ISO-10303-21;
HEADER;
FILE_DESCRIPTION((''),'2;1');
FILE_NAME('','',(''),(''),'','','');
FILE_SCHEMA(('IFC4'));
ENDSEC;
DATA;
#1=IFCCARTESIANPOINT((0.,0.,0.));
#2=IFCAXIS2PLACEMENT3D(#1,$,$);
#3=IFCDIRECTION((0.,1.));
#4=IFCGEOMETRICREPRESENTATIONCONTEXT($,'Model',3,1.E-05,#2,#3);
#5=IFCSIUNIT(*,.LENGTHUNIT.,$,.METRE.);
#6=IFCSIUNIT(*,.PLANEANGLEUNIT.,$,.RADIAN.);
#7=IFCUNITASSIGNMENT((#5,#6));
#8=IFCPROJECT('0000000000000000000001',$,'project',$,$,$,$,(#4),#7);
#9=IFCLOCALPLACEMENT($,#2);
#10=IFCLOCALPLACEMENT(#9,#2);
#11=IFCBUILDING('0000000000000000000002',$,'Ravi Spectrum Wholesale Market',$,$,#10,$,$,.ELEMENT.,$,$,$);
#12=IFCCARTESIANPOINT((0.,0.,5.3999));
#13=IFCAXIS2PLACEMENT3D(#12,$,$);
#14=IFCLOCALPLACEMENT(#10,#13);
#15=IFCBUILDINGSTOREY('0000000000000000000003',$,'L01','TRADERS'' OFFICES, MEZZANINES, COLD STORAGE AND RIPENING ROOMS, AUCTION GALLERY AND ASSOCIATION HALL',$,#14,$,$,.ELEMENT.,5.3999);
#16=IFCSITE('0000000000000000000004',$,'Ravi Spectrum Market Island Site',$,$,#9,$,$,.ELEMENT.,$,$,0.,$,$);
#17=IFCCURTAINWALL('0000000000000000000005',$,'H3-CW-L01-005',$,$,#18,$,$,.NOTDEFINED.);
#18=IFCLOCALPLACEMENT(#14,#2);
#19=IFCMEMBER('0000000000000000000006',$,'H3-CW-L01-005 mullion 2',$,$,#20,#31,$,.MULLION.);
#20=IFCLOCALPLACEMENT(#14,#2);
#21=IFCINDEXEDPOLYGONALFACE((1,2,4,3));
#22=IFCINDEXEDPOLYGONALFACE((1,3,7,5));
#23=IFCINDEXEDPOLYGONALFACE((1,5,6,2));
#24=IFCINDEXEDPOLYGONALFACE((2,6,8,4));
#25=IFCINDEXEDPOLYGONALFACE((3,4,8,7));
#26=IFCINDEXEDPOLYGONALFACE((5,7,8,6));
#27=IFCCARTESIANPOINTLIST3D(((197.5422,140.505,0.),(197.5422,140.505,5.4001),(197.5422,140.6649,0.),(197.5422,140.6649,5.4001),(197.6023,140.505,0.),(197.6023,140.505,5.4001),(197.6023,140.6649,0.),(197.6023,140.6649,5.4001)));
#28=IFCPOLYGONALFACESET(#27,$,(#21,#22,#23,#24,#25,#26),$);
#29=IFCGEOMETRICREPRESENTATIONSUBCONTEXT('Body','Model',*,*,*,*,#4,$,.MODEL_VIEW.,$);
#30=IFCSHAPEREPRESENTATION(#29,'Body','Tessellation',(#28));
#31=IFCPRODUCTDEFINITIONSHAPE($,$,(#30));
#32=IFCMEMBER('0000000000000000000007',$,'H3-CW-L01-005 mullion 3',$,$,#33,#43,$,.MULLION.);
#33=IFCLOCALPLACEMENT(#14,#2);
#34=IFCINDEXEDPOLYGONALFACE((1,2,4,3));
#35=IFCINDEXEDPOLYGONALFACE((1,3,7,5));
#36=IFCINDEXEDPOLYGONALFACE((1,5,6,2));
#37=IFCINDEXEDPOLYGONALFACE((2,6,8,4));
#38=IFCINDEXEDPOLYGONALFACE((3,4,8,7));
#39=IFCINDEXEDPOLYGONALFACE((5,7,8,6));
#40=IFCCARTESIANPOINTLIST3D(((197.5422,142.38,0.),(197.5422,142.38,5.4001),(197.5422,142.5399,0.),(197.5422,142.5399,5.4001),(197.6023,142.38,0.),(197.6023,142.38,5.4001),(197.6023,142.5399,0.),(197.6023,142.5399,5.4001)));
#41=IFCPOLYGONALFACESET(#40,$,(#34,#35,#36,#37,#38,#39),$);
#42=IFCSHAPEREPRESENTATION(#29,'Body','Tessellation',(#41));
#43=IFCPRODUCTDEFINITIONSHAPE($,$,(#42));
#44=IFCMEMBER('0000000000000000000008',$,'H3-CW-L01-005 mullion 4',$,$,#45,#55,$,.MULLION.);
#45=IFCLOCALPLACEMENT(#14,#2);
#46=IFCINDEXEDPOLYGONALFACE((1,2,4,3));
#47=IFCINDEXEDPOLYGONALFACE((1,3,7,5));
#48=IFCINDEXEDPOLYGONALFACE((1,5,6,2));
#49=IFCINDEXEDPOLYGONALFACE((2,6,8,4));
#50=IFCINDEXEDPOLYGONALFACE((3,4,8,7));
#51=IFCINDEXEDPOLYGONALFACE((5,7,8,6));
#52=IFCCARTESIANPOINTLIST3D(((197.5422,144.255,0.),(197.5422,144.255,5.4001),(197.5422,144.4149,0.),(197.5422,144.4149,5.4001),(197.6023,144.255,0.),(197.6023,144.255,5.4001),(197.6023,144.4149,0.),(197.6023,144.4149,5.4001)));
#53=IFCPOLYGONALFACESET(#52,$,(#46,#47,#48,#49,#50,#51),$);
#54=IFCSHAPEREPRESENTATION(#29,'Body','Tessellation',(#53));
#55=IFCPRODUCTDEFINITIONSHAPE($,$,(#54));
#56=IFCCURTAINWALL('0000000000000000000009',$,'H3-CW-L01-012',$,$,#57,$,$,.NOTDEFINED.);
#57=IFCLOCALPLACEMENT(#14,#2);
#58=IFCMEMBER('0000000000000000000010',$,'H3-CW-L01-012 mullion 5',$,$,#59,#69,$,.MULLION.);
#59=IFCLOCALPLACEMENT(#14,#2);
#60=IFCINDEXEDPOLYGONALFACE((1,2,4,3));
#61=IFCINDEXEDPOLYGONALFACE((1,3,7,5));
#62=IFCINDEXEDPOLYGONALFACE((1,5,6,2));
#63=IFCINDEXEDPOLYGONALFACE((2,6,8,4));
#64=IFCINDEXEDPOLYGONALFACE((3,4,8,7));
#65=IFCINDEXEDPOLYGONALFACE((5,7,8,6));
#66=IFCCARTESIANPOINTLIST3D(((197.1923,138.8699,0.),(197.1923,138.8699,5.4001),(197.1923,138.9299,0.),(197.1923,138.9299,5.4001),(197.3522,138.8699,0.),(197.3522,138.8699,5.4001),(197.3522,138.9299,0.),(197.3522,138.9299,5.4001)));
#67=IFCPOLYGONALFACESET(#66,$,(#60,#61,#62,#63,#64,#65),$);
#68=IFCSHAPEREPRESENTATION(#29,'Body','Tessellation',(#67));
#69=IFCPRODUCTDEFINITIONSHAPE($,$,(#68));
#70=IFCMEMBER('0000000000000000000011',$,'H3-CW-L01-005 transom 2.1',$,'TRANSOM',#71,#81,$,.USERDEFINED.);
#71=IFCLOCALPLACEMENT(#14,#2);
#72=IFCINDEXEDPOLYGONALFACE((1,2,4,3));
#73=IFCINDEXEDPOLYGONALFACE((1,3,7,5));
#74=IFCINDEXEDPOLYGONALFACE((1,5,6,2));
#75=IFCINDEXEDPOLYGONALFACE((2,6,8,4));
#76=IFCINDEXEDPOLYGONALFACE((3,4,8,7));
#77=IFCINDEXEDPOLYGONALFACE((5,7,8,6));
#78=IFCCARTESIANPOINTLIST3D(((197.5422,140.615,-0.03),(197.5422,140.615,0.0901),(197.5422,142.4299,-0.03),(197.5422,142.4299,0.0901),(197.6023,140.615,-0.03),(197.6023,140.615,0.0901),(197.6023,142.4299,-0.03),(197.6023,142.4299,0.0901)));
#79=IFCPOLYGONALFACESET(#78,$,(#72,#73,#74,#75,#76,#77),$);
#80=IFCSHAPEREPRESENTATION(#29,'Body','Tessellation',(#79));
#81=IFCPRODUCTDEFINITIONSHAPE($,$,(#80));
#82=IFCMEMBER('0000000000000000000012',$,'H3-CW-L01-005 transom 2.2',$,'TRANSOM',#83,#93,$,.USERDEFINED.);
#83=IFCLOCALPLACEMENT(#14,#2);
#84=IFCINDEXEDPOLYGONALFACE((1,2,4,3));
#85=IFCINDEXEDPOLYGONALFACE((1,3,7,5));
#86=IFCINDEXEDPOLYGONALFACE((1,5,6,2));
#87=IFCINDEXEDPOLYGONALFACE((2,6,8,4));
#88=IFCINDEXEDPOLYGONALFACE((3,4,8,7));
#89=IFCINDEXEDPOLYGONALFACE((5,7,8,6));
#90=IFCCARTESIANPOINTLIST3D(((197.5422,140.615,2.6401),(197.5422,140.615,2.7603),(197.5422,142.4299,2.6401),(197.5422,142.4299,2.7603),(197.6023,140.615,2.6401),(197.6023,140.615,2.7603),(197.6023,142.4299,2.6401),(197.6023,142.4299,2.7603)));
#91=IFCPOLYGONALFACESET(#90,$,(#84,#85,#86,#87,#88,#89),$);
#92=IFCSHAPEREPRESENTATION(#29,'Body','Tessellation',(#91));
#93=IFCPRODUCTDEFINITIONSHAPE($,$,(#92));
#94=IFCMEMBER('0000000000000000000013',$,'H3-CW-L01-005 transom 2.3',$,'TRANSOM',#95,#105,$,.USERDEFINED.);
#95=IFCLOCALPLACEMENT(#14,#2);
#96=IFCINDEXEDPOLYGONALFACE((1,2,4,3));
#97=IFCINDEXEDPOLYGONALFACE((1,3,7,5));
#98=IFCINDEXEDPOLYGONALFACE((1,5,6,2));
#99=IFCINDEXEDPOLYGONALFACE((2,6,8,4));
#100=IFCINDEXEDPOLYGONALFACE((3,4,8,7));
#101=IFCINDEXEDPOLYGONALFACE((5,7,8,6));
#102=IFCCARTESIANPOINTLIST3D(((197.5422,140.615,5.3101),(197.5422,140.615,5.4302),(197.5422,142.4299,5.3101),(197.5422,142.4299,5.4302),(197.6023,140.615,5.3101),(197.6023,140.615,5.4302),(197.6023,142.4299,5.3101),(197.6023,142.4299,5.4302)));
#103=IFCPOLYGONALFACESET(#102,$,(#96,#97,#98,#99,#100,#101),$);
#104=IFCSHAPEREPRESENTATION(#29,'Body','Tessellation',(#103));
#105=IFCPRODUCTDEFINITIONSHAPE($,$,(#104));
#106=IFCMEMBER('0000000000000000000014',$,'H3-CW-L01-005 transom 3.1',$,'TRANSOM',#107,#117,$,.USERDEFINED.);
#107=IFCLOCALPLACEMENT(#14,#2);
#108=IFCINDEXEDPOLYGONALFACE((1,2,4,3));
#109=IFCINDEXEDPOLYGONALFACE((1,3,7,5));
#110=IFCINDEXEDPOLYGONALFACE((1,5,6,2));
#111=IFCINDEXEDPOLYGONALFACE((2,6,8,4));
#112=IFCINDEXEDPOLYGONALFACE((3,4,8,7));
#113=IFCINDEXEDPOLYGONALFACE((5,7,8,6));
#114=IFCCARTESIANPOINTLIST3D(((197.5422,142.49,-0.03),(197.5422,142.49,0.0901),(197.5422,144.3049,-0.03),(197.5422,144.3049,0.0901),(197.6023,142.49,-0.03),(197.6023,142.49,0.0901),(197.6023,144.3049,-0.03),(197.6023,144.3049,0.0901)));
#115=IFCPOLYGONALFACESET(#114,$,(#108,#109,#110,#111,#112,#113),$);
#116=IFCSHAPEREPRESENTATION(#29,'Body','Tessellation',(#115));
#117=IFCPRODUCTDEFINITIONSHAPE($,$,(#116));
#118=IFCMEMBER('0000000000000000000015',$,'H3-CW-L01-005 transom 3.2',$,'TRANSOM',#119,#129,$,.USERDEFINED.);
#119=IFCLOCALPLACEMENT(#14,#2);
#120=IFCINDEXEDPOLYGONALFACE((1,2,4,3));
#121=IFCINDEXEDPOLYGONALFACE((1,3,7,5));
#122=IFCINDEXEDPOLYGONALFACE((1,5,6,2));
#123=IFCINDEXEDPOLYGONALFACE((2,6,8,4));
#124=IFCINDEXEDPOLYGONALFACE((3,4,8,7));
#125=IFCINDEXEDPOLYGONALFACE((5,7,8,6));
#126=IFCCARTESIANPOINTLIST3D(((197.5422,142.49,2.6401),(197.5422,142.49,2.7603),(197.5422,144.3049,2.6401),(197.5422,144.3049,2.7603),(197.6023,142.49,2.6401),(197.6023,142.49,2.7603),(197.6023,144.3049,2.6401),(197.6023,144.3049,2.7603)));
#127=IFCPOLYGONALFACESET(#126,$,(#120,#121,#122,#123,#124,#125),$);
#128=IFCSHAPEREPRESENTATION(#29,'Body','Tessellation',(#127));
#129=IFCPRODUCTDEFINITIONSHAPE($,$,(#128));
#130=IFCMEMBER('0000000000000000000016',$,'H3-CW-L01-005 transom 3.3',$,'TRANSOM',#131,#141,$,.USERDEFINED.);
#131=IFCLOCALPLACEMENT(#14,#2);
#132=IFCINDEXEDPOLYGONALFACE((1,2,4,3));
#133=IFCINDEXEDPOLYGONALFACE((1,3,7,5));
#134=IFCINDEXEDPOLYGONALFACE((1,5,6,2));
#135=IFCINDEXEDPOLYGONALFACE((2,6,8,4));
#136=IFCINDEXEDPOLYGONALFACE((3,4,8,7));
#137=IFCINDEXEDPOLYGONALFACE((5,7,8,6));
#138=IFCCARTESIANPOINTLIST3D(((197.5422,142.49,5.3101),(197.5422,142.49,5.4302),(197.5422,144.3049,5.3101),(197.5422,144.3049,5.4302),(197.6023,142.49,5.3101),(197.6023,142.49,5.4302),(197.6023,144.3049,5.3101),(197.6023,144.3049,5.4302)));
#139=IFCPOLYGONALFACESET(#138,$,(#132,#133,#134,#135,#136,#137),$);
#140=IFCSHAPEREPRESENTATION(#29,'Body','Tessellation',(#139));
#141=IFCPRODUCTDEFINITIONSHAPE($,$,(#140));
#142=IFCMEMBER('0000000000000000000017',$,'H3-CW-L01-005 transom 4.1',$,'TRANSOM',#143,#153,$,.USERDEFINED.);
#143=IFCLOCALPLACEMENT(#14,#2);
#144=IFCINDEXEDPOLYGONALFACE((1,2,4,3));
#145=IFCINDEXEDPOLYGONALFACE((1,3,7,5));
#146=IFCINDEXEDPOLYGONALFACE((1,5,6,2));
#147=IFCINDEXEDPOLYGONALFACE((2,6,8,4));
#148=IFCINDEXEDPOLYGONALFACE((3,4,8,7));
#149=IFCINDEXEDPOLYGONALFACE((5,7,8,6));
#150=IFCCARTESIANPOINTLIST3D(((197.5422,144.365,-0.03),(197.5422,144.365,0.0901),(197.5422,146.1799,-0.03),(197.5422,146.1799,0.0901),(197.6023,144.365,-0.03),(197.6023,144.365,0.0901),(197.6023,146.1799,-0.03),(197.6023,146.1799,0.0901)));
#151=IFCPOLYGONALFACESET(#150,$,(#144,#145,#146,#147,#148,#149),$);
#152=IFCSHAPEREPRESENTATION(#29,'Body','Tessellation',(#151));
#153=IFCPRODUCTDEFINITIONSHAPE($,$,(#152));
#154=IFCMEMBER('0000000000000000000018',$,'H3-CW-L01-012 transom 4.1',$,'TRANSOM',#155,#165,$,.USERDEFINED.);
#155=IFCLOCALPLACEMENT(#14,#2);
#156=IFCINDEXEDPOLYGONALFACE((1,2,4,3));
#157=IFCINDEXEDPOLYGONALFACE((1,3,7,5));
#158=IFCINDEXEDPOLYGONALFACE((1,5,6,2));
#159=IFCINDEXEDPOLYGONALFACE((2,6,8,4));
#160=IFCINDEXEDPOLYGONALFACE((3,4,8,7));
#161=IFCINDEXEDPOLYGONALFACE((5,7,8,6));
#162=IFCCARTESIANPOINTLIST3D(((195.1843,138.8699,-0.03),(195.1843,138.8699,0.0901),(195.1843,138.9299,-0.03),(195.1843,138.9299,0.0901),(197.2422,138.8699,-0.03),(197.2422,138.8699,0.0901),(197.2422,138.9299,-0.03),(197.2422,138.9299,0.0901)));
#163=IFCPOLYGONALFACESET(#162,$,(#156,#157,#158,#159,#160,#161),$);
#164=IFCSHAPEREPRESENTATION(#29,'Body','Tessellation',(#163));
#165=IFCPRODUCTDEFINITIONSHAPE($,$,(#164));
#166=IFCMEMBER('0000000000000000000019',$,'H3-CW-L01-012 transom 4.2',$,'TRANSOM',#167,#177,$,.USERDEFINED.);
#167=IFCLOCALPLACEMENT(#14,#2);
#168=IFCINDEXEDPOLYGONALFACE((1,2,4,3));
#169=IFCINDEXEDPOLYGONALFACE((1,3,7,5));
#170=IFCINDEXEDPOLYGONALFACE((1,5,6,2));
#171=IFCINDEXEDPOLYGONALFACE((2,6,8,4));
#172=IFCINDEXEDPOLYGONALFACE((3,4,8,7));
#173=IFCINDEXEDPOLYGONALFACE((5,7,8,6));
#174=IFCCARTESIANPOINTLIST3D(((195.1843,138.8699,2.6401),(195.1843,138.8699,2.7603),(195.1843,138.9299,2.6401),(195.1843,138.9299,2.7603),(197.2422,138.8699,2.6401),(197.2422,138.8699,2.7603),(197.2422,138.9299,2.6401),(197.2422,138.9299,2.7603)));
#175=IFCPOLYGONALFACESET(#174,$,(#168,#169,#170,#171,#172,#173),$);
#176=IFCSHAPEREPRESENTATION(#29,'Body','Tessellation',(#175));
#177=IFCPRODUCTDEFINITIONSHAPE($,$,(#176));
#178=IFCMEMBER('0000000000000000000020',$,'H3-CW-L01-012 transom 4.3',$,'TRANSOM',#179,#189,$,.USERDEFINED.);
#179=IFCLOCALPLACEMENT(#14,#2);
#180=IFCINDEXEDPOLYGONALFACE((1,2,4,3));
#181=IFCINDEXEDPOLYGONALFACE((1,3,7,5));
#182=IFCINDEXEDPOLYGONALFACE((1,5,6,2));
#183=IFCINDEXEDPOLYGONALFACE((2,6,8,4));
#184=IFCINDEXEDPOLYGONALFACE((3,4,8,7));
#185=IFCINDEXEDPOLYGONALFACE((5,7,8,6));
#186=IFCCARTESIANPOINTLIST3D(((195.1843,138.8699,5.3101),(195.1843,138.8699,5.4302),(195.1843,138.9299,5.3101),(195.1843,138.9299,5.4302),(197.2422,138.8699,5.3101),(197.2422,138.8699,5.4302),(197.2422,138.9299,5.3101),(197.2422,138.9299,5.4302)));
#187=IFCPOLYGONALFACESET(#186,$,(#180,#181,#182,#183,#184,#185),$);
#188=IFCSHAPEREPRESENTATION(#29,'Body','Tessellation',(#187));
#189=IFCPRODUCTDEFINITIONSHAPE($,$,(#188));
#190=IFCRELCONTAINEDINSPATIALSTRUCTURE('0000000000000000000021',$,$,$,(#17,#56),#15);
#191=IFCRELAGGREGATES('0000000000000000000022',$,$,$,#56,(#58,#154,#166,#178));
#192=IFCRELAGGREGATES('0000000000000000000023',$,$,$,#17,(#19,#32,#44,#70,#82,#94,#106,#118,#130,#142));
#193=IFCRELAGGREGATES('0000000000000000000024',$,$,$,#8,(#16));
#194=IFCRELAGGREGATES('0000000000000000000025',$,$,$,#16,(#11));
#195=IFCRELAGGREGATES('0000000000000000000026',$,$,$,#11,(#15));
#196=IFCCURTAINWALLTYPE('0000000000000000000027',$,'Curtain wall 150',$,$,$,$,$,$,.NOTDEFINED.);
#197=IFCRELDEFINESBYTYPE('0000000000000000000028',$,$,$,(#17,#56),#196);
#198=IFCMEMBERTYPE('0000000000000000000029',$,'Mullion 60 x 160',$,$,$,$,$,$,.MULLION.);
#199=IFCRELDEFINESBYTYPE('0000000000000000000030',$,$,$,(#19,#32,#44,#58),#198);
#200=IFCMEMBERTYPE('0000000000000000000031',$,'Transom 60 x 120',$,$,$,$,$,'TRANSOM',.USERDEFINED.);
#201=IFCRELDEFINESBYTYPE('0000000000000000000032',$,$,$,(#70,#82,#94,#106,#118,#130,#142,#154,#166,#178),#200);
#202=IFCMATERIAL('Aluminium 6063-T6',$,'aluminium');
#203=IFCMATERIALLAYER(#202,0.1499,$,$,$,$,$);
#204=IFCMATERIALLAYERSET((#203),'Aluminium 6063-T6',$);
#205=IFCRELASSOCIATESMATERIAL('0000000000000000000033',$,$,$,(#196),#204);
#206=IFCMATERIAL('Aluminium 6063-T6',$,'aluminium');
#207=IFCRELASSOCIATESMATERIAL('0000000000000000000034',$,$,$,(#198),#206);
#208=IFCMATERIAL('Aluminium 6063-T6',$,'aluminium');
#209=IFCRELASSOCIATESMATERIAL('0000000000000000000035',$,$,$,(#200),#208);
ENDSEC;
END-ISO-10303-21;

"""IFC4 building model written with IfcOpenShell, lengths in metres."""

from ifc_helpers import new_model, si_unit, direction, frame, origin, origin_2d, place, context, subcontext, project, spatial, rectangle, extrude, material, layer, layer_set, material_profile, profile_set, type_object, element, aggregate, save


model = new_model("IFC4")

# Units and contexts
model_context = context("Model", 3, precision=1e-05, world=origin(), true_north=direction((0.0, 1.0)))
body_context = subcontext(model_context, "Body", "Model", "MODEL_VIEW")
ifc_project = project(units=[si_unit("LENGTHUNIT", "METRE"), si_unit("PLANEANGLEUNIT", "RADIAN")], contexts=[model_context])

# Site, building, storey
site_placement = place(None, origin())
site = spatial("IfcSite", under=ifc_project, at=site_placement, Name="Ravi Spectrum Market Island Site", CompositionType="ELEMENT", RefElevation=0.0)
building_placement = place(site_placement, origin())
building = spatial("IfcBuilding", under=site, at=building_placement, Name="Ravi Spectrum Wholesale Market", CompositionType="ELEMENT")
storey_placement = place(building_placement, frame((0.0, 0.0, 5.3999)))
storey = spatial("IfcBuildingStorey", under=building, at=storey_placement, Name="L01", Description="TRADERS' OFFICES, MEZZANINES, COLD STORAGE AND RIPENING ROOMS, AUCTION GALLERY AND ASSOCIATION HALL", CompositionType="ELEMENT", Elevation=5.3999)

# Curtain wall, members
ifc_material_1 = material(Name="Aluminium 6063-T6", Category="aluminium")
ifc_layer_1 = layer(ifc_material_1, 0.1499)
ifc_layer_set_1 = layer_set([ifc_layer_1], Name="Aluminium 6063-T6")
curtain_wall_type = type_object("IfcCurtainWallType", Name="Curtain wall 150", PredefinedType="NOTDEFINED", material=ifc_layer_set_1)
curtain_wall_1_placement = place(storey_placement, origin())
curtain_wall_1 = element("IfcCurtainWall", 1, at=curtain_wall_1_placement, inside=storey, type_object=curtain_wall_type, Name="H3-CW-L01-005", PredefinedType="NOTDEFINED")
ifc_material_2 = material(Name="Aluminium 6063-T6", Category="aluminium")
ifc_material_profile_1 = material_profile(ifc_material_2, rectangle(XDim=0.0601, YDim=0.1599, at=origin_2d()))
ifc_profile_set_1 = profile_set([ifc_material_profile_1], Name="Aluminium 6063-T6")
member_type_1 = type_object("IfcMemberType", Name="Mullion 60 x 160", PredefinedType="MULLION", material=ifc_profile_set_1)
member_1_placement = place(storey_placement, frame((197.5723, 140.585, 0.0), z_axis=(0.0, 0.0, 1.0), x_axis=(-1.0, 0.0, 0.0)))
member_1 = element("IfcMember", 2, at=member_1_placement, type_object=member_type_1, Name="H3-CW-L01-005 mullion 2", PredefinedType="MULLION", context=body_context, shape_type="SweptSolid", body=[
    extrude(rectangle(XDim=0.0601, YDim=0.1599, at=origin_2d()), origin(), (0.0, 0.0, 1.0), 5.4001),
])
member_2_placement = place(storey_placement, frame((197.5723, 142.46, 0.0), z_axis=(0.0, 0.0, 1.0), x_axis=(-1.0, 0.0, 0.0)))
member_2 = element("IfcMember", 3, at=member_2_placement, type_object=member_type_1, Name="H3-CW-L01-005 mullion 3", PredefinedType="MULLION", context=body_context, shape_type="SweptSolid", body=[
    extrude(rectangle(XDim=0.0601, YDim=0.1599, at=origin_2d()), origin(), (0.0, 0.0, 1.0), 5.4001),
])
member_3_placement = place(storey_placement, frame((197.5723, 144.335, 0.0), z_axis=(0.0, 0.0, 1.0), x_axis=(-1.0, 0.0, 0.0)))
member_3 = element("IfcMember", 4, at=member_3_placement, type_object=member_type_1, Name="H3-CW-L01-005 mullion 4", PredefinedType="MULLION", context=body_context, shape_type="SweptSolid", body=[
    extrude(rectangle(XDim=0.0601, YDim=0.1599, at=origin_2d()), origin(), (0.0, 0.0, 1.0), 5.4001),
])

# Curtain wall, member
curtain_wall_2_placement = place(storey_placement, origin())
curtain_wall_2 = element("IfcCurtainWall", 5, at=curtain_wall_2_placement, inside=storey, type_object=curtain_wall_type, Name="H3-CW-L01-012", PredefinedType="NOTDEFINED")
member_4_placement = place(storey_placement, frame((197.2722, 138.8999, 0.0), z_axis=(0.0, 0.0, 1.0), x_axis=(0.0, 1.0, 0.0)))
member_4 = element("IfcMember", 6, at=member_4_placement, type_object=member_type_1, Name="H3-CW-L01-012 mullion 5", PredefinedType="MULLION", context=body_context, shape_type="SweptSolid", body=[
    extrude(rectangle(XDim=0.0601, YDim=0.1599, at=origin_2d()), origin(), (0.0, 0.0, 1.0), 5.4001),
])

# Members
ifc_material_3 = material(Name="Aluminium 6063-T6", Category="aluminium")
ifc_material_profile_2 = material_profile(ifc_material_3, rectangle(XDim=0.0601, YDim=0.1201, at=origin_2d()))
ifc_profile_set_2 = profile_set([ifc_material_profile_2], Name="Aluminium 6063-T6")
member_type_2 = type_object("IfcMemberType", Name="Transom 60 x 120", ElementType="TRANSOM", PredefinedType="USERDEFINED", material=ifc_profile_set_2)
member_5_placement = place(storey_placement, frame((197.5723, 140.615, 0.03), z_axis=(0.0, 1.0, 0.0), x_axis=(-1.0, 0.0, 0.0)))
member_5 = element("IfcMember", 7, at=member_5_placement, type_object=member_type_2, Name="H3-CW-L01-005 transom 2.1", ObjectType="TRANSOM", PredefinedType="USERDEFINED", context=body_context, shape_type="SweptSolid", body=[
    extrude(rectangle(XDim=0.0601, YDim=0.1201, at=origin_2d()), origin(), (0.0, 0.0, 1.0), 1.8149),
])
member_6_placement = place(storey_placement, frame((197.5723, 140.615, 2.7002), z_axis=(0.0, 1.0, 0.0), x_axis=(-1.0, 0.0, 0.0)))
member_6 = element("IfcMember", 8, at=member_6_placement, type_object=member_type_2, Name="H3-CW-L01-005 transom 2.2", ObjectType="TRANSOM", PredefinedType="USERDEFINED", context=body_context, shape_type="SweptSolid", body=[
    extrude(rectangle(XDim=0.0601, YDim=0.1201, at=origin_2d()), origin(), (0.0, 0.0, 1.0), 1.8149),
])
member_7_placement = place(storey_placement, frame((197.5723, 140.615, 5.3701), z_axis=(0.0, 1.0, 0.0), x_axis=(-1.0, 0.0, 0.0)))
member_7 = element("IfcMember", 9, at=member_7_placement, type_object=member_type_2, Name="H3-CW-L01-005 transom 2.3", ObjectType="TRANSOM", PredefinedType="USERDEFINED", context=body_context, shape_type="SweptSolid", body=[
    extrude(rectangle(XDim=0.0601, YDim=0.1201, at=origin_2d()), origin(), (0.0, 0.0, 1.0), 1.8149),
])
member_8_placement = place(storey_placement, frame((197.5723, 142.49, 0.03), z_axis=(0.0, 1.0, 0.0), x_axis=(-1.0, 0.0, 0.0)))
member_8 = element("IfcMember", 10, at=member_8_placement, type_object=member_type_2, Name="H3-CW-L01-005 transom 3.1", ObjectType="TRANSOM", PredefinedType="USERDEFINED", context=body_context, shape_type="SweptSolid", body=[
    extrude(rectangle(XDim=0.0601, YDim=0.1201, at=origin_2d()), origin(), (0.0, 0.0, 1.0), 1.8149),
])
member_9_placement = place(storey_placement, frame((197.5723, 142.49, 2.7002), z_axis=(0.0, 1.0, 0.0), x_axis=(-1.0, 0.0, 0.0)))
member_9 = element("IfcMember", 11, at=member_9_placement, type_object=member_type_2, Name="H3-CW-L01-005 transom 3.2", ObjectType="TRANSOM", PredefinedType="USERDEFINED", context=body_context, shape_type="SweptSolid", body=[
    extrude(rectangle(XDim=0.0601, YDim=0.1201, at=origin_2d()), origin(), (0.0, 0.0, 1.0), 1.8149),
])
member_10_placement = place(storey_placement, frame((197.5723, 142.49, 5.3701), z_axis=(0.0, 1.0, 0.0), x_axis=(-1.0, 0.0, 0.0)))
member_10 = element("IfcMember", 12, at=member_10_placement, type_object=member_type_2, Name="H3-CW-L01-005 transom 3.3", ObjectType="TRANSOM", PredefinedType="USERDEFINED", context=body_context, shape_type="SweptSolid", body=[
    extrude(rectangle(XDim=0.0601, YDim=0.1201, at=origin_2d()), origin(), (0.0, 0.0, 1.0), 1.8149),
])
member_11_placement = place(storey_placement, frame((197.5723, 144.365, 0.03), z_axis=(0.0, 1.0, 0.0), x_axis=(-1.0, 0.0, 0.0)))
member_11 = element("IfcMember", 13, at=member_11_placement, type_object=member_type_2, Name="H3-CW-L01-005 transom 4.1", ObjectType="TRANSOM", PredefinedType="USERDEFINED", context=body_context, shape_type="SweptSolid", body=[
    extrude(rectangle(XDim=0.0601, YDim=0.1201, at=origin_2d()), origin(), (0.0, 0.0, 1.0), 1.8149),
])
member_12_placement = place(storey_placement, frame((195.1843, 138.8999, 0.03), z_axis=(1.0, 0.0, 0.0), x_axis=(0.0, 1.0, 0.0)))
member_12 = element("IfcMember", 14, at=member_12_placement, type_object=member_type_2, Name="H3-CW-L01-012 transom 4.1", ObjectType="TRANSOM", PredefinedType="USERDEFINED", context=body_context, shape_type="SweptSolid", body=[
    extrude(rectangle(XDim=0.0601, YDim=0.1201, at=origin_2d()), origin(), (0.0, 0.0, 1.0), 2.0579),
])
member_13_placement = place(storey_placement, frame((195.1843, 138.8999, 2.7002), z_axis=(1.0, 0.0, 0.0), x_axis=(0.0, 1.0, 0.0)))
member_13 = element("IfcMember", 15, at=member_13_placement, type_object=member_type_2, Name="H3-CW-L01-012 transom 4.2", ObjectType="TRANSOM", PredefinedType="USERDEFINED", context=body_context, shape_type="SweptSolid", body=[
    extrude(rectangle(XDim=0.0601, YDim=0.1201, at=origin_2d()), origin(), (0.0, 0.0, 1.0), 2.0579),
])
member_14_placement = place(storey_placement, frame((195.1843, 138.8999, 5.3701), z_axis=(1.0, 0.0, 0.0), x_axis=(0.0, 1.0, 0.0)))
member_14 = element("IfcMember", 16, at=member_14_placement, type_object=member_type_2, Name="H3-CW-L01-012 transom 4.3", ObjectType="TRANSOM", PredefinedType="USERDEFINED", context=body_context, shape_type="SweptSolid", body=[
    extrude(rectangle(XDim=0.0601, YDim=0.1201, at=origin_2d()), origin(), (0.0, 0.0, 1.0), 2.0579),
])

aggregate(curtain_wall_2, [member_4, member_12, member_13, member_14])
aggregate(curtain_wall_1, [member_1, member_2, member_3, member_5, member_6, member_7, member_8, member_9, member_10, member_11])

save(model, "model.ifc")
